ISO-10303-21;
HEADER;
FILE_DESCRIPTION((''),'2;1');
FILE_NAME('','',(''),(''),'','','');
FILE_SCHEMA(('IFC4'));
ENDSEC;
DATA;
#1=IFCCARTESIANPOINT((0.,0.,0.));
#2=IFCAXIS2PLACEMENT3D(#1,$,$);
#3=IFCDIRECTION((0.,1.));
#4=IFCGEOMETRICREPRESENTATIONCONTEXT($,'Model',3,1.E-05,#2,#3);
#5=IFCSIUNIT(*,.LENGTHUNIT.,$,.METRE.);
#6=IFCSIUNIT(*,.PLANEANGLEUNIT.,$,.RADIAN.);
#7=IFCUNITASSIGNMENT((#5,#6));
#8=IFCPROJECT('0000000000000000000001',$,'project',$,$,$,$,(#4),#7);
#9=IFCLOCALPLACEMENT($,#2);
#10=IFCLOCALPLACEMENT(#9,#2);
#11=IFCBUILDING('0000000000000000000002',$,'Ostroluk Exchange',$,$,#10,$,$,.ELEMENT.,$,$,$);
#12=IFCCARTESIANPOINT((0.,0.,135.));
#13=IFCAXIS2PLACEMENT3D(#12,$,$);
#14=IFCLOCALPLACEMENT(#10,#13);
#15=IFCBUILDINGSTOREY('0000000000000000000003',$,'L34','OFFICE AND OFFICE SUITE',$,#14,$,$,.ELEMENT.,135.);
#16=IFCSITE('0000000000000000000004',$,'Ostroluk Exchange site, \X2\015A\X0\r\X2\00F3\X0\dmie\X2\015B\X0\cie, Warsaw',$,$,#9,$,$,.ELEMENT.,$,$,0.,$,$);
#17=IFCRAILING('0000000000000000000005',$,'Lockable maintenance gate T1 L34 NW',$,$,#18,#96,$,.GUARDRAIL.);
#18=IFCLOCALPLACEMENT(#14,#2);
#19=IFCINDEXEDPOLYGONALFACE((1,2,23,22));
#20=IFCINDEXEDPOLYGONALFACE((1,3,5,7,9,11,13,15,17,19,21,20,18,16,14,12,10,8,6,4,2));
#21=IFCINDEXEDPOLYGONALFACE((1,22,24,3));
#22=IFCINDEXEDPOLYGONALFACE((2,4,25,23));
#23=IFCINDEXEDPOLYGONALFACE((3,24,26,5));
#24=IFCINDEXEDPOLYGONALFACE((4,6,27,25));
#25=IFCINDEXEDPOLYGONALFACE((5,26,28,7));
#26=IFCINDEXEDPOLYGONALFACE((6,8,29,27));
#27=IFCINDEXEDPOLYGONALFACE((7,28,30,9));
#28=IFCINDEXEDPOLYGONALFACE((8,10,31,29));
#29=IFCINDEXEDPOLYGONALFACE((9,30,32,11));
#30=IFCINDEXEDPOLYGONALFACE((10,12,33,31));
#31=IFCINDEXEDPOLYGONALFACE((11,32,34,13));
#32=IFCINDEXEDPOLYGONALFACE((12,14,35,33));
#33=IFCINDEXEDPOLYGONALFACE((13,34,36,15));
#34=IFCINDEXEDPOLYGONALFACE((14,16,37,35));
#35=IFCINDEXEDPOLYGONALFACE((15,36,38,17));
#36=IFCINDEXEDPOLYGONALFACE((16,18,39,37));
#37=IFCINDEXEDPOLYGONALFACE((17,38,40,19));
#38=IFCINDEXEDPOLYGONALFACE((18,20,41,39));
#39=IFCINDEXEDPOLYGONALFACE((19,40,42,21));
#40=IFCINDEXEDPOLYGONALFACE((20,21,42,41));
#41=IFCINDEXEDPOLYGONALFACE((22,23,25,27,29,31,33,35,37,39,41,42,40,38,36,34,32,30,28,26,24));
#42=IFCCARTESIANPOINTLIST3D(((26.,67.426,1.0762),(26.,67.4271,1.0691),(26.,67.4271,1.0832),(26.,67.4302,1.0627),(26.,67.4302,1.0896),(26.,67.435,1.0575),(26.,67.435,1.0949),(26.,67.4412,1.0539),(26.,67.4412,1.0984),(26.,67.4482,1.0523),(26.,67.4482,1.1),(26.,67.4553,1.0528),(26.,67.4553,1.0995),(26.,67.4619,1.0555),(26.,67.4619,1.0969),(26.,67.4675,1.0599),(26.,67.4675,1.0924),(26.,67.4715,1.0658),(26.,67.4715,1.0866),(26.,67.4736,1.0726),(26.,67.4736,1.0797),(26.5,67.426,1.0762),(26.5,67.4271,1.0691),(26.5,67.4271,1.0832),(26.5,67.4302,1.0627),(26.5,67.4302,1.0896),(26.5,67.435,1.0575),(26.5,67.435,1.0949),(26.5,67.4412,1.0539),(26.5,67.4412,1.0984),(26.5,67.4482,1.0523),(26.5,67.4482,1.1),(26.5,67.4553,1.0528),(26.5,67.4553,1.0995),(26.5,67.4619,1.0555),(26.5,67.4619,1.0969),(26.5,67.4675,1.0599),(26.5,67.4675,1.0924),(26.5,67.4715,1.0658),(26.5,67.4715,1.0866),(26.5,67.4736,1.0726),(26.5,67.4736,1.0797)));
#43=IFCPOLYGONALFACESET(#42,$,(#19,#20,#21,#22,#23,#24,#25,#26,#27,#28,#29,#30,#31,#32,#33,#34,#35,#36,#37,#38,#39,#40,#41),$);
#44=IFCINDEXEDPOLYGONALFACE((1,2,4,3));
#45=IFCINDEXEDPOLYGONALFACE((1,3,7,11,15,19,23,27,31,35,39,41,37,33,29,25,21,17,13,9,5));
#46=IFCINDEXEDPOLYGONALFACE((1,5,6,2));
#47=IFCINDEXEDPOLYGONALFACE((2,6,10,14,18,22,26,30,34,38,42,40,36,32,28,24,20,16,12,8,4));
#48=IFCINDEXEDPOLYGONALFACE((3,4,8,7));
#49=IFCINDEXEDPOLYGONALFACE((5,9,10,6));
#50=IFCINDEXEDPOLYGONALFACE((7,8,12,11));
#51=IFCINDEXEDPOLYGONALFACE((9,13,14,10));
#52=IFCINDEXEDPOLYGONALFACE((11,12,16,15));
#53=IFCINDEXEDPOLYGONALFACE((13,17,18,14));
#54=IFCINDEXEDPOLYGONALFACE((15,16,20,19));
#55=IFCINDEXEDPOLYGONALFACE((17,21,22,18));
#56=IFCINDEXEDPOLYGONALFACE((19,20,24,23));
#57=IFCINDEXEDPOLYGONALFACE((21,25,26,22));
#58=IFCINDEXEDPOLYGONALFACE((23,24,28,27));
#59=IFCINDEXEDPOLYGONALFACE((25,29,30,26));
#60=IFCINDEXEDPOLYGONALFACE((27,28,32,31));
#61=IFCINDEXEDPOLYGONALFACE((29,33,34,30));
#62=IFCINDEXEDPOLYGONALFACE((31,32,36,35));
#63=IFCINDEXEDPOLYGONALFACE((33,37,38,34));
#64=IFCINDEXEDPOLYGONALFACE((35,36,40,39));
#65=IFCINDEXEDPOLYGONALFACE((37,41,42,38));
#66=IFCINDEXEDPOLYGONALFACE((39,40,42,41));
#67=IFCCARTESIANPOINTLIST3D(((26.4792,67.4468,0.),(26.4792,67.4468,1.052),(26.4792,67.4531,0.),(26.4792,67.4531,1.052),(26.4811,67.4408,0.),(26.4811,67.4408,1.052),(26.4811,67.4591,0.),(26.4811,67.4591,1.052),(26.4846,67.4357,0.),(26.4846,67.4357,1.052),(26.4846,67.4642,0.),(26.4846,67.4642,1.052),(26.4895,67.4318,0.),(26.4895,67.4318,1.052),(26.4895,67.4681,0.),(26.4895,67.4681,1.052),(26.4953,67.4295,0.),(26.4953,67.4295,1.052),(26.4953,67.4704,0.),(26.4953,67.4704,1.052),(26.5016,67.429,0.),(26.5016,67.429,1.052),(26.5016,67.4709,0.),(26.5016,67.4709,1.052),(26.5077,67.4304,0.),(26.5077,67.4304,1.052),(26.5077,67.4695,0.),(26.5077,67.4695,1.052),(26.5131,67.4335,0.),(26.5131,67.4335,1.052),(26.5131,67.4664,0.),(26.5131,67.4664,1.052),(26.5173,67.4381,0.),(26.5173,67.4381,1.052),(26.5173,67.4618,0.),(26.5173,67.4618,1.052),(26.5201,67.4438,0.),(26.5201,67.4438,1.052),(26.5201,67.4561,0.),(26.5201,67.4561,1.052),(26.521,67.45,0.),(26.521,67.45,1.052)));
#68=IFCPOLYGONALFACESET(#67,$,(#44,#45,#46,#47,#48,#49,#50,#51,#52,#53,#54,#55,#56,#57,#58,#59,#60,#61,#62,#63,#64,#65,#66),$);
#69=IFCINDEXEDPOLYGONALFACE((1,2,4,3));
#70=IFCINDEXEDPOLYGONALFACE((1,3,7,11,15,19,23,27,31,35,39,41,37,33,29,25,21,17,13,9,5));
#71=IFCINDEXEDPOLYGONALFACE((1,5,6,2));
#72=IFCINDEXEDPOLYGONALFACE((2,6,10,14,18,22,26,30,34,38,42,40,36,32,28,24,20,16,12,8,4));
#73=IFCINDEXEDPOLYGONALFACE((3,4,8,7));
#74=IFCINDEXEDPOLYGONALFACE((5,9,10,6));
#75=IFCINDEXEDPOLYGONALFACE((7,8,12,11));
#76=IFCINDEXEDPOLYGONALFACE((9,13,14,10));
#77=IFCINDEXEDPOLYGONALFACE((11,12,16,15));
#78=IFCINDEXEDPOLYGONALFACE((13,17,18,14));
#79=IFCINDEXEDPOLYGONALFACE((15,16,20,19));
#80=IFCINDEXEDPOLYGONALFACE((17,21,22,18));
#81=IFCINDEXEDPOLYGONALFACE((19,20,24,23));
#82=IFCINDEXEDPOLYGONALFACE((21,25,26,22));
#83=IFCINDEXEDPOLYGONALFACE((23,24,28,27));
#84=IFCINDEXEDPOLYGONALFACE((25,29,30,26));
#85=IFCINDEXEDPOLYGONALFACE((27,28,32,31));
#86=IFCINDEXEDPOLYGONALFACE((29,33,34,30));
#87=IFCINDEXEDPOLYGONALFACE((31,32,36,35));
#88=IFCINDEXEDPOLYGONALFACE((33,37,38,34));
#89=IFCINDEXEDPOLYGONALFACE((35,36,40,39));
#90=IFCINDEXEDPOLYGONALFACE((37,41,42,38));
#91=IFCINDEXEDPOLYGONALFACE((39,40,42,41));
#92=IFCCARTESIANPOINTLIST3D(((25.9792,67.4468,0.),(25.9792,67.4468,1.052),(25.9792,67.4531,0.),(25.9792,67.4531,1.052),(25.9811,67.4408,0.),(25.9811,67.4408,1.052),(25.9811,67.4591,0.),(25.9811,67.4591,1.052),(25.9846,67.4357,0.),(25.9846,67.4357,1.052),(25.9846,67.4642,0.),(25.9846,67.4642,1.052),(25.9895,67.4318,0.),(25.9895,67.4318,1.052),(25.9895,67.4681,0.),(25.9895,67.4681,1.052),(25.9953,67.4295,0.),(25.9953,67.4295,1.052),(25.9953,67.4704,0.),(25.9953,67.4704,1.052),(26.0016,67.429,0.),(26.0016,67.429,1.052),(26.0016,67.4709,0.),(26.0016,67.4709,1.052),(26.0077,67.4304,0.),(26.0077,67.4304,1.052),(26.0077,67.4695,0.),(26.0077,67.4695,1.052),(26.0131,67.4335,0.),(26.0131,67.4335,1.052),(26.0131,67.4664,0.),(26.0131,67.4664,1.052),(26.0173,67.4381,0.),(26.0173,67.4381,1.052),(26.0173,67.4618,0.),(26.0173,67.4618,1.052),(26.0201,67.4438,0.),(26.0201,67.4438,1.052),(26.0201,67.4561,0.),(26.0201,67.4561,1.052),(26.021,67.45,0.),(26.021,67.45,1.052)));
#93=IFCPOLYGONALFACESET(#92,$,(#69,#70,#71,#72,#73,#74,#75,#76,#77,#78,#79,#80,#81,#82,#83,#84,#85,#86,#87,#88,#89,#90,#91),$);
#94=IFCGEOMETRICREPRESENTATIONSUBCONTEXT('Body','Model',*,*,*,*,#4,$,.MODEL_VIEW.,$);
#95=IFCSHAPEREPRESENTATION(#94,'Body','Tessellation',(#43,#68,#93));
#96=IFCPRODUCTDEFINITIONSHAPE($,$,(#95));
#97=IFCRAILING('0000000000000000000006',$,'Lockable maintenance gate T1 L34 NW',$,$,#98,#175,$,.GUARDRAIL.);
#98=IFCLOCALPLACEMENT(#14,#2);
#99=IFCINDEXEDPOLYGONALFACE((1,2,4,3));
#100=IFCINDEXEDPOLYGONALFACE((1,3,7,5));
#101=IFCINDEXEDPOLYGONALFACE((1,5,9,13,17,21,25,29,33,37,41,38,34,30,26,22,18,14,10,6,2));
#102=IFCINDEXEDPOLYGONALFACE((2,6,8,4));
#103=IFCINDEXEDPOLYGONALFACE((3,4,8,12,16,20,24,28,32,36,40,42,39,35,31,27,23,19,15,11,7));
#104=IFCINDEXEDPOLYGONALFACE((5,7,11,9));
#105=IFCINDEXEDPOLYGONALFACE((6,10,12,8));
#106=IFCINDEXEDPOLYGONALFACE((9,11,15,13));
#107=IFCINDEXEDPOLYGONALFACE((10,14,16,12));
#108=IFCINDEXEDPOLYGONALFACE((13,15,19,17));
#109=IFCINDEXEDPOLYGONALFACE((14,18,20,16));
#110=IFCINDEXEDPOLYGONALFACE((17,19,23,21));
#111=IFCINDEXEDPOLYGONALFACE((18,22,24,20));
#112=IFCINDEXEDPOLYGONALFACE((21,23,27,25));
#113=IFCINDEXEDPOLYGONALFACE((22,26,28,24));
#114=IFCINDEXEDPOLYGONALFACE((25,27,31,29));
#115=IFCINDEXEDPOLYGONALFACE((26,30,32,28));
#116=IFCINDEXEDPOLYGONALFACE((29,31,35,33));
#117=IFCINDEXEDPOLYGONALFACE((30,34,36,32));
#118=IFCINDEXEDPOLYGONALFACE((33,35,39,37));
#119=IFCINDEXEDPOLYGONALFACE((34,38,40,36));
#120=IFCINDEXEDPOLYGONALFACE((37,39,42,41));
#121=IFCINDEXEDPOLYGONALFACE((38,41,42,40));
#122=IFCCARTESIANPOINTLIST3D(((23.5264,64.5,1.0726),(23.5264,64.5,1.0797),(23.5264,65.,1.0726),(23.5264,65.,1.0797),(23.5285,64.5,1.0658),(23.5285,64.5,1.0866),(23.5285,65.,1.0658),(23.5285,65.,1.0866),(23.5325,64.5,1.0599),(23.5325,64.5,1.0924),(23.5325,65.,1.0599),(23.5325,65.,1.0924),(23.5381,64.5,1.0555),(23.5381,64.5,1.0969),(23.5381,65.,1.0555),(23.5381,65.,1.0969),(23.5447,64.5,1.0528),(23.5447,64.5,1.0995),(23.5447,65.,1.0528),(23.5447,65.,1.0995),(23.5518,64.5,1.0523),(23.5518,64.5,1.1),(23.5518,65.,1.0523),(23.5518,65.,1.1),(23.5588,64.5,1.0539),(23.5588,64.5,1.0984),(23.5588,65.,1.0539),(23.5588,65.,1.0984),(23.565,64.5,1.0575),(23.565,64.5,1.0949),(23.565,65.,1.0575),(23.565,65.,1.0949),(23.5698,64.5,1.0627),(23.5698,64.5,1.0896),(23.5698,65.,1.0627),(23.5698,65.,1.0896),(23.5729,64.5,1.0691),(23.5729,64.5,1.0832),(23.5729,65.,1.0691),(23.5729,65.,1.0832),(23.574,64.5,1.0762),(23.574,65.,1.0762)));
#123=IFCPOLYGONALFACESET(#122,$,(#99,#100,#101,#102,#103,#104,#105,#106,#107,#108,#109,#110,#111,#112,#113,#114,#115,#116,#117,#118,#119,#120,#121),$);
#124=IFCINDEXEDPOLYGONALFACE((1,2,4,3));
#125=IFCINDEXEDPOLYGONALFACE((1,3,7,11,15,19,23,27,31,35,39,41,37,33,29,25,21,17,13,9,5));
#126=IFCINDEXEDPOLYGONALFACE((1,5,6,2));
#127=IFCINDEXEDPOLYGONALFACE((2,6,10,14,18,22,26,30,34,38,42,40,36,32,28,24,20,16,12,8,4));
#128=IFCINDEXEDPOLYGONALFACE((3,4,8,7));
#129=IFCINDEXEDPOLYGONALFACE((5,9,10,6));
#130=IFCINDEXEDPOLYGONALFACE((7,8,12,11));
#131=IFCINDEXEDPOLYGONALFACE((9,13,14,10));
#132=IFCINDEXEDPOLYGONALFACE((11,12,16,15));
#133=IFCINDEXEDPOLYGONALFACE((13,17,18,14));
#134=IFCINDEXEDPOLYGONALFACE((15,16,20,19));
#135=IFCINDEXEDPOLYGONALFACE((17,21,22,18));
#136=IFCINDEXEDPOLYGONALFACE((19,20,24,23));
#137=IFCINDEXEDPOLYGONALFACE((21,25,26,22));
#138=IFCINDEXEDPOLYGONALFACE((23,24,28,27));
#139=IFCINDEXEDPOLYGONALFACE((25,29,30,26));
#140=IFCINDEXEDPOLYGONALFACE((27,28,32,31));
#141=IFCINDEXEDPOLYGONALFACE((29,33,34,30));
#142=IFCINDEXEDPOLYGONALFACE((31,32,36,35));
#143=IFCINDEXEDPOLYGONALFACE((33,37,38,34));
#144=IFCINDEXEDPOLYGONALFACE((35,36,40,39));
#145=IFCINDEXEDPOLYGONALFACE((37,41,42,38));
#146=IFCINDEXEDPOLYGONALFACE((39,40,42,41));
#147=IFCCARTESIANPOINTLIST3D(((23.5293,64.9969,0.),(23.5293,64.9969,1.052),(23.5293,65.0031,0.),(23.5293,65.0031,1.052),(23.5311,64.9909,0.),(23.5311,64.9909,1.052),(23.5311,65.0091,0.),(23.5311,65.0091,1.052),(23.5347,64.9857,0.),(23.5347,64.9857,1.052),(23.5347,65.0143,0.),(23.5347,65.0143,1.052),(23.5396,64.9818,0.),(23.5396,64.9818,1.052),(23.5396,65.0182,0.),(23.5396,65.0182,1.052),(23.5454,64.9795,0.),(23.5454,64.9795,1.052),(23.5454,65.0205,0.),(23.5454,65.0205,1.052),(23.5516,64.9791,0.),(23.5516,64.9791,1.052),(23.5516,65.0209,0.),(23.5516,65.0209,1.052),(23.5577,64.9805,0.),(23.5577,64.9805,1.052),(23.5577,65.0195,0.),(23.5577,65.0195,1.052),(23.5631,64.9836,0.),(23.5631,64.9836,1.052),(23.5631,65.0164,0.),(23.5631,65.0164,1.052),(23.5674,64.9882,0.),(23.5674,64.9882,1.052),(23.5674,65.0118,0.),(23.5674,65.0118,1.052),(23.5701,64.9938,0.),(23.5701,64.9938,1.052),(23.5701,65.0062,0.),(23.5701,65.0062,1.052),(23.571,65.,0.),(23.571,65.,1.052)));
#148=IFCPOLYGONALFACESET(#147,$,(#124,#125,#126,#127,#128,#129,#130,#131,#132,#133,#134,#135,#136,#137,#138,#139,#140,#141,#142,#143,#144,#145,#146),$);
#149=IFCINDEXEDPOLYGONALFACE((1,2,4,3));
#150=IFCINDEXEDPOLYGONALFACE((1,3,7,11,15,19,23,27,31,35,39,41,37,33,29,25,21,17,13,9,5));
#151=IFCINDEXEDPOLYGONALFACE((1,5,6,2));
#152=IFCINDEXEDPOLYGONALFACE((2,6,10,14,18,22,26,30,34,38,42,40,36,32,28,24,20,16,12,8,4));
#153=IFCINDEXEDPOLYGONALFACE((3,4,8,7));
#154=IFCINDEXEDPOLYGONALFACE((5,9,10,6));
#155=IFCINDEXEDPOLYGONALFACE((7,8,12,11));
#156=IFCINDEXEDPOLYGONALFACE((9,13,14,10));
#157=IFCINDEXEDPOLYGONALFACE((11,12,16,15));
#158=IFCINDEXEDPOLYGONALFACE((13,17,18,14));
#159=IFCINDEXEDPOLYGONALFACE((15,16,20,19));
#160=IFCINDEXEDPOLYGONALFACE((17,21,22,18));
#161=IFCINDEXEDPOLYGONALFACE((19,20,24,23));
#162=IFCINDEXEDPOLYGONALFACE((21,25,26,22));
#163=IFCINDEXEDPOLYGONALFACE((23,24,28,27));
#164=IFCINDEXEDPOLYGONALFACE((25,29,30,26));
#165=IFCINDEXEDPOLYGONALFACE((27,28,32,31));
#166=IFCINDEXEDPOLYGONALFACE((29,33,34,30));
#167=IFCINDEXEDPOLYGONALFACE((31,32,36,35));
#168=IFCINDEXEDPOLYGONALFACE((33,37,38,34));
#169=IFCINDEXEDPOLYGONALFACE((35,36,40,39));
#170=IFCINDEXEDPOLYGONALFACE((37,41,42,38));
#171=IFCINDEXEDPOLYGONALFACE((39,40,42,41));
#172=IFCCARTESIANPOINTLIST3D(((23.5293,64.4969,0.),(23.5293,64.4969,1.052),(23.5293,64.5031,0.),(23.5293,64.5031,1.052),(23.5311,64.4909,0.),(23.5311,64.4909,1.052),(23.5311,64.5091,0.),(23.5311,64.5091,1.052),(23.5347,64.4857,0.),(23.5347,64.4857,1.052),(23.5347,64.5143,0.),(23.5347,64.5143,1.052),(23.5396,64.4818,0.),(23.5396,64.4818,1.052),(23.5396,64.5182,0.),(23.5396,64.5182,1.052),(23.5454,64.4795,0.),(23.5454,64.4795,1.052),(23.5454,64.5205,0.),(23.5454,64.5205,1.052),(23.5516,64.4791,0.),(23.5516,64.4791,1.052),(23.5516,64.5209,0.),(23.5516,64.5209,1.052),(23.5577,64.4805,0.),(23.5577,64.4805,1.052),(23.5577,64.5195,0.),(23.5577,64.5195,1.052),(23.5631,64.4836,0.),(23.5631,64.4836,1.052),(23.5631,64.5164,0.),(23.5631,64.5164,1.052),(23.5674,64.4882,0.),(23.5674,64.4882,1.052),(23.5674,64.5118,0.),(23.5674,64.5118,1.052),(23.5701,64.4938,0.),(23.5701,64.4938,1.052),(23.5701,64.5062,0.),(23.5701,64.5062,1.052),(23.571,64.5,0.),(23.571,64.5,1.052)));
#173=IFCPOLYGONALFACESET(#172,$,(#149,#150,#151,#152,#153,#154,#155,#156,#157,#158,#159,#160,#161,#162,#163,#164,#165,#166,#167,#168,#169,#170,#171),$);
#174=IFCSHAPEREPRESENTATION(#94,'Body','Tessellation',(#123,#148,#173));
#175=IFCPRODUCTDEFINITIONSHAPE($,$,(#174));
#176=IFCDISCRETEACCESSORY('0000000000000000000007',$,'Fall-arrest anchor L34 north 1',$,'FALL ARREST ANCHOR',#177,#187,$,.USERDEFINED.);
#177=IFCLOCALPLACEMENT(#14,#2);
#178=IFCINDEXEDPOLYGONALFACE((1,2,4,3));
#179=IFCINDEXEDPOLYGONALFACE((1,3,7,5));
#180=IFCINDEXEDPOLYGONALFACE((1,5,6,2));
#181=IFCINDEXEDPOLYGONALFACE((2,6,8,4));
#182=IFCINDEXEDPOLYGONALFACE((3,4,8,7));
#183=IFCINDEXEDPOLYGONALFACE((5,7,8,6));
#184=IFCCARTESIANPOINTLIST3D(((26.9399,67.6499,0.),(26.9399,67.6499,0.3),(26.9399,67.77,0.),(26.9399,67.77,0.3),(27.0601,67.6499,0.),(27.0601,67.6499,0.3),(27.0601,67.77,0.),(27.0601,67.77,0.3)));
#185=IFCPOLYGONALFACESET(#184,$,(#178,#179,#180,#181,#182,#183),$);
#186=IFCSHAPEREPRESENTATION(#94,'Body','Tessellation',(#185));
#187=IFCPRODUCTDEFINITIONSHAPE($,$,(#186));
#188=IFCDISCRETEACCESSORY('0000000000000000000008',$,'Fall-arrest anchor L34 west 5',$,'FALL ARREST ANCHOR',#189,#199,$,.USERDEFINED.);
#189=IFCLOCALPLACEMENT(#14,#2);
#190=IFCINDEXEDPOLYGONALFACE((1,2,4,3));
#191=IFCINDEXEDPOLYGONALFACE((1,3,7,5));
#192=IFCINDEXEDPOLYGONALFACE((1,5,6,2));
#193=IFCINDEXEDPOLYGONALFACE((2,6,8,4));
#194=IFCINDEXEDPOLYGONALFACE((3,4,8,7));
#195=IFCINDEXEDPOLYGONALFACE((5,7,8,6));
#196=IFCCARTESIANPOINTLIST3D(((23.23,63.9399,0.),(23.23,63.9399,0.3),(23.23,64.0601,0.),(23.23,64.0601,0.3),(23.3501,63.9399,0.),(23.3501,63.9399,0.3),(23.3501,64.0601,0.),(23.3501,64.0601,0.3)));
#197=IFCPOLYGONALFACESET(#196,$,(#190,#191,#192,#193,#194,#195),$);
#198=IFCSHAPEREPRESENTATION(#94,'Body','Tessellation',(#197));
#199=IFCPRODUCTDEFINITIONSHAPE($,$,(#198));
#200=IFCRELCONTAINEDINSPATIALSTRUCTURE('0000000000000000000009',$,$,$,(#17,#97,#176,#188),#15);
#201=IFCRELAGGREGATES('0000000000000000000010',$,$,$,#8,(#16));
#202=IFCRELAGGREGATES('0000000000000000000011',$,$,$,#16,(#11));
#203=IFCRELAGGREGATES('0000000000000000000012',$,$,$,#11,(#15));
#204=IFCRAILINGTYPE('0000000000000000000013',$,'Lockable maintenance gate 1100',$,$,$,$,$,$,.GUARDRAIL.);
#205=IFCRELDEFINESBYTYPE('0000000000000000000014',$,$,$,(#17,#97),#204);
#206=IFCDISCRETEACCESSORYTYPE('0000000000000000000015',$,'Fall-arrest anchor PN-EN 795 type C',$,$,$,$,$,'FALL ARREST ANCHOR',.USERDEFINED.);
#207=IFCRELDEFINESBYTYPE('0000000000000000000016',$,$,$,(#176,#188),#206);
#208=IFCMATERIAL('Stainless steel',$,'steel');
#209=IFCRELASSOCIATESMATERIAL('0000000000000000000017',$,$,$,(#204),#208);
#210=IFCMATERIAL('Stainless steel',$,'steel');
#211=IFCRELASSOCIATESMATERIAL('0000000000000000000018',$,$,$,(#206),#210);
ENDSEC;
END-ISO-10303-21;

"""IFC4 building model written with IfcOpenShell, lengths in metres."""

from ifc_helpers import new_model, si_unit, direction, frame, origin, origin_2d, place, context, subcontext, project, spatial, rectangle, circle, extrude, material, type_object, element, save


model = new_model("IFC4")

# Units and contexts
model_context = context("Model", 3, precision=1e-05, world=origin(), true_north=direction((0.0, 1.0)))
body_context = subcontext(model_context, "Body", "Model", "MODEL_VIEW")
ifc_project = project(units=[si_unit("LENGTHUNIT", "METRE"), si_unit("PLANEANGLEUNIT", "RADIAN")], contexts=[model_context])

# Site, building, storey
site_placement = place(None, origin())
site = spatial("IfcSite", under=ifc_project, at=site_placement, Name="Ostroluk Exchange site, Śródmieście, Warsaw", CompositionType="ELEMENT", RefElevation=0.0)
building_placement = place(site_placement, origin())
building = spatial("IfcBuilding", under=site, at=building_placement, Name="Ostroluk Exchange", CompositionType="ELEMENT")
storey_placement = place(building_placement, frame((0.0, 0.0, 135.0)))
storey = spatial("IfcBuildingStorey", under=building, at=storey_placement, Name="L34", Description="OFFICE AND OFFICE SUITE", CompositionType="ELEMENT", Elevation=135.0)

# Railings
ifc_material_1 = material(Name="Stainless steel", Category="steel")
railing_type_1 = type_object("IfcRailingType", Name="Lockable maintenance gate 1100", PredefinedType="GUARDRAIL", material=ifc_material_1)
railing_1_placement = place(storey_placement, frame((26.5, 67.45, 0.0)))
element("IfcRailing", 1, at=railing_1_placement, inside=storey, type_object=railing_type_1, Name="Lockable maintenance gate T1 L34 NW", PredefinedType="GUARDRAIL", context=body_context, shape_type="SweptSolid", body=[
    extrude(circle(Radius=0.0239, at=origin_2d()), frame((0.0, 0.0, 1.0762), z_axis=(-1.0, 0.0, 0.0), x_axis=(0.0, -1.0, 0.0)), (0.0, 0.0, 1.0), 0.5),
    extrude(circle(Radius=0.021, at=origin_2d()), origin(), (0.0, 0.0, 1.0), 1.052),
    extrude(circle(Radius=0.021, at=origin_2d()), frame((-0.5, 0.0, 0.0)), (0.0, 0.0, 1.0), 1.052),
])
railing_2_placement = place(storey_placement, frame((23.55, 65.0, 0.0)))
element("IfcRailing", 2, at=railing_2_placement, inside=storey, type_object=railing_type_1, Name="Lockable maintenance gate T1 L34 NW", PredefinedType="GUARDRAIL", context=body_context, shape_type="SweptSolid", body=[
    extrude(circle(Radius=0.0239, at=origin_2d()), frame((0.0, 0.0, 1.0762), z_axis=(0.0, -1.0, 0.0), x_axis=(1.0, 0.0, 0.0)), (0.0, 0.0, 1.0), 0.5),
    extrude(circle(Radius=0.021, at=origin_2d()), origin(), (0.0, 0.0, 1.0), 1.052),
    extrude(circle(Radius=0.021, at=origin_2d()), frame((0.0, -0.5, 0.0)), (0.0, 0.0, 1.0), 1.052),
])

# Discrete accessories
ifc_material_2 = material(Name="Stainless steel", Category="steel")
discrete_accessory_type = type_object("IfcDiscreteAccessoryType", Name="Fall-arrest anchor PN-EN 795 type C", ElementType="FALL ARREST ANCHOR", PredefinedType="USERDEFINED", material=ifc_material_2)
for number, where, z_axis, x_axis, name in (
    (3, (27.0, 67.71, 0.0), (0.0, 0.0, 1.0), (1.0, 0.0, 0.0), "Fall-arrest anchor L34 north 1"),
    (4, (23.29, 64.0, 0.0), (0.0, 0.0, 1.0), (1.0, 0.0, 0.0), "Fall-arrest anchor L34 west 5"),
):
    element("IfcDiscreteAccessory", number, at=place(storey_placement, frame(where, z_axis=z_axis, x_axis=x_axis)), inside=storey, type_object=discrete_accessory_type, Name=name, ObjectType="FALL ARREST ANCHOR", PredefinedType="USERDEFINED", context=body_context, shape_type="SweptSolid", body=[
        extrude(rectangle(XDim=0.1201, YDim=0.1201, at=origin_2d()), origin(), (0.0, 0.0, 1.0), 0.3),
    ])

save(model, "model.ifc")
